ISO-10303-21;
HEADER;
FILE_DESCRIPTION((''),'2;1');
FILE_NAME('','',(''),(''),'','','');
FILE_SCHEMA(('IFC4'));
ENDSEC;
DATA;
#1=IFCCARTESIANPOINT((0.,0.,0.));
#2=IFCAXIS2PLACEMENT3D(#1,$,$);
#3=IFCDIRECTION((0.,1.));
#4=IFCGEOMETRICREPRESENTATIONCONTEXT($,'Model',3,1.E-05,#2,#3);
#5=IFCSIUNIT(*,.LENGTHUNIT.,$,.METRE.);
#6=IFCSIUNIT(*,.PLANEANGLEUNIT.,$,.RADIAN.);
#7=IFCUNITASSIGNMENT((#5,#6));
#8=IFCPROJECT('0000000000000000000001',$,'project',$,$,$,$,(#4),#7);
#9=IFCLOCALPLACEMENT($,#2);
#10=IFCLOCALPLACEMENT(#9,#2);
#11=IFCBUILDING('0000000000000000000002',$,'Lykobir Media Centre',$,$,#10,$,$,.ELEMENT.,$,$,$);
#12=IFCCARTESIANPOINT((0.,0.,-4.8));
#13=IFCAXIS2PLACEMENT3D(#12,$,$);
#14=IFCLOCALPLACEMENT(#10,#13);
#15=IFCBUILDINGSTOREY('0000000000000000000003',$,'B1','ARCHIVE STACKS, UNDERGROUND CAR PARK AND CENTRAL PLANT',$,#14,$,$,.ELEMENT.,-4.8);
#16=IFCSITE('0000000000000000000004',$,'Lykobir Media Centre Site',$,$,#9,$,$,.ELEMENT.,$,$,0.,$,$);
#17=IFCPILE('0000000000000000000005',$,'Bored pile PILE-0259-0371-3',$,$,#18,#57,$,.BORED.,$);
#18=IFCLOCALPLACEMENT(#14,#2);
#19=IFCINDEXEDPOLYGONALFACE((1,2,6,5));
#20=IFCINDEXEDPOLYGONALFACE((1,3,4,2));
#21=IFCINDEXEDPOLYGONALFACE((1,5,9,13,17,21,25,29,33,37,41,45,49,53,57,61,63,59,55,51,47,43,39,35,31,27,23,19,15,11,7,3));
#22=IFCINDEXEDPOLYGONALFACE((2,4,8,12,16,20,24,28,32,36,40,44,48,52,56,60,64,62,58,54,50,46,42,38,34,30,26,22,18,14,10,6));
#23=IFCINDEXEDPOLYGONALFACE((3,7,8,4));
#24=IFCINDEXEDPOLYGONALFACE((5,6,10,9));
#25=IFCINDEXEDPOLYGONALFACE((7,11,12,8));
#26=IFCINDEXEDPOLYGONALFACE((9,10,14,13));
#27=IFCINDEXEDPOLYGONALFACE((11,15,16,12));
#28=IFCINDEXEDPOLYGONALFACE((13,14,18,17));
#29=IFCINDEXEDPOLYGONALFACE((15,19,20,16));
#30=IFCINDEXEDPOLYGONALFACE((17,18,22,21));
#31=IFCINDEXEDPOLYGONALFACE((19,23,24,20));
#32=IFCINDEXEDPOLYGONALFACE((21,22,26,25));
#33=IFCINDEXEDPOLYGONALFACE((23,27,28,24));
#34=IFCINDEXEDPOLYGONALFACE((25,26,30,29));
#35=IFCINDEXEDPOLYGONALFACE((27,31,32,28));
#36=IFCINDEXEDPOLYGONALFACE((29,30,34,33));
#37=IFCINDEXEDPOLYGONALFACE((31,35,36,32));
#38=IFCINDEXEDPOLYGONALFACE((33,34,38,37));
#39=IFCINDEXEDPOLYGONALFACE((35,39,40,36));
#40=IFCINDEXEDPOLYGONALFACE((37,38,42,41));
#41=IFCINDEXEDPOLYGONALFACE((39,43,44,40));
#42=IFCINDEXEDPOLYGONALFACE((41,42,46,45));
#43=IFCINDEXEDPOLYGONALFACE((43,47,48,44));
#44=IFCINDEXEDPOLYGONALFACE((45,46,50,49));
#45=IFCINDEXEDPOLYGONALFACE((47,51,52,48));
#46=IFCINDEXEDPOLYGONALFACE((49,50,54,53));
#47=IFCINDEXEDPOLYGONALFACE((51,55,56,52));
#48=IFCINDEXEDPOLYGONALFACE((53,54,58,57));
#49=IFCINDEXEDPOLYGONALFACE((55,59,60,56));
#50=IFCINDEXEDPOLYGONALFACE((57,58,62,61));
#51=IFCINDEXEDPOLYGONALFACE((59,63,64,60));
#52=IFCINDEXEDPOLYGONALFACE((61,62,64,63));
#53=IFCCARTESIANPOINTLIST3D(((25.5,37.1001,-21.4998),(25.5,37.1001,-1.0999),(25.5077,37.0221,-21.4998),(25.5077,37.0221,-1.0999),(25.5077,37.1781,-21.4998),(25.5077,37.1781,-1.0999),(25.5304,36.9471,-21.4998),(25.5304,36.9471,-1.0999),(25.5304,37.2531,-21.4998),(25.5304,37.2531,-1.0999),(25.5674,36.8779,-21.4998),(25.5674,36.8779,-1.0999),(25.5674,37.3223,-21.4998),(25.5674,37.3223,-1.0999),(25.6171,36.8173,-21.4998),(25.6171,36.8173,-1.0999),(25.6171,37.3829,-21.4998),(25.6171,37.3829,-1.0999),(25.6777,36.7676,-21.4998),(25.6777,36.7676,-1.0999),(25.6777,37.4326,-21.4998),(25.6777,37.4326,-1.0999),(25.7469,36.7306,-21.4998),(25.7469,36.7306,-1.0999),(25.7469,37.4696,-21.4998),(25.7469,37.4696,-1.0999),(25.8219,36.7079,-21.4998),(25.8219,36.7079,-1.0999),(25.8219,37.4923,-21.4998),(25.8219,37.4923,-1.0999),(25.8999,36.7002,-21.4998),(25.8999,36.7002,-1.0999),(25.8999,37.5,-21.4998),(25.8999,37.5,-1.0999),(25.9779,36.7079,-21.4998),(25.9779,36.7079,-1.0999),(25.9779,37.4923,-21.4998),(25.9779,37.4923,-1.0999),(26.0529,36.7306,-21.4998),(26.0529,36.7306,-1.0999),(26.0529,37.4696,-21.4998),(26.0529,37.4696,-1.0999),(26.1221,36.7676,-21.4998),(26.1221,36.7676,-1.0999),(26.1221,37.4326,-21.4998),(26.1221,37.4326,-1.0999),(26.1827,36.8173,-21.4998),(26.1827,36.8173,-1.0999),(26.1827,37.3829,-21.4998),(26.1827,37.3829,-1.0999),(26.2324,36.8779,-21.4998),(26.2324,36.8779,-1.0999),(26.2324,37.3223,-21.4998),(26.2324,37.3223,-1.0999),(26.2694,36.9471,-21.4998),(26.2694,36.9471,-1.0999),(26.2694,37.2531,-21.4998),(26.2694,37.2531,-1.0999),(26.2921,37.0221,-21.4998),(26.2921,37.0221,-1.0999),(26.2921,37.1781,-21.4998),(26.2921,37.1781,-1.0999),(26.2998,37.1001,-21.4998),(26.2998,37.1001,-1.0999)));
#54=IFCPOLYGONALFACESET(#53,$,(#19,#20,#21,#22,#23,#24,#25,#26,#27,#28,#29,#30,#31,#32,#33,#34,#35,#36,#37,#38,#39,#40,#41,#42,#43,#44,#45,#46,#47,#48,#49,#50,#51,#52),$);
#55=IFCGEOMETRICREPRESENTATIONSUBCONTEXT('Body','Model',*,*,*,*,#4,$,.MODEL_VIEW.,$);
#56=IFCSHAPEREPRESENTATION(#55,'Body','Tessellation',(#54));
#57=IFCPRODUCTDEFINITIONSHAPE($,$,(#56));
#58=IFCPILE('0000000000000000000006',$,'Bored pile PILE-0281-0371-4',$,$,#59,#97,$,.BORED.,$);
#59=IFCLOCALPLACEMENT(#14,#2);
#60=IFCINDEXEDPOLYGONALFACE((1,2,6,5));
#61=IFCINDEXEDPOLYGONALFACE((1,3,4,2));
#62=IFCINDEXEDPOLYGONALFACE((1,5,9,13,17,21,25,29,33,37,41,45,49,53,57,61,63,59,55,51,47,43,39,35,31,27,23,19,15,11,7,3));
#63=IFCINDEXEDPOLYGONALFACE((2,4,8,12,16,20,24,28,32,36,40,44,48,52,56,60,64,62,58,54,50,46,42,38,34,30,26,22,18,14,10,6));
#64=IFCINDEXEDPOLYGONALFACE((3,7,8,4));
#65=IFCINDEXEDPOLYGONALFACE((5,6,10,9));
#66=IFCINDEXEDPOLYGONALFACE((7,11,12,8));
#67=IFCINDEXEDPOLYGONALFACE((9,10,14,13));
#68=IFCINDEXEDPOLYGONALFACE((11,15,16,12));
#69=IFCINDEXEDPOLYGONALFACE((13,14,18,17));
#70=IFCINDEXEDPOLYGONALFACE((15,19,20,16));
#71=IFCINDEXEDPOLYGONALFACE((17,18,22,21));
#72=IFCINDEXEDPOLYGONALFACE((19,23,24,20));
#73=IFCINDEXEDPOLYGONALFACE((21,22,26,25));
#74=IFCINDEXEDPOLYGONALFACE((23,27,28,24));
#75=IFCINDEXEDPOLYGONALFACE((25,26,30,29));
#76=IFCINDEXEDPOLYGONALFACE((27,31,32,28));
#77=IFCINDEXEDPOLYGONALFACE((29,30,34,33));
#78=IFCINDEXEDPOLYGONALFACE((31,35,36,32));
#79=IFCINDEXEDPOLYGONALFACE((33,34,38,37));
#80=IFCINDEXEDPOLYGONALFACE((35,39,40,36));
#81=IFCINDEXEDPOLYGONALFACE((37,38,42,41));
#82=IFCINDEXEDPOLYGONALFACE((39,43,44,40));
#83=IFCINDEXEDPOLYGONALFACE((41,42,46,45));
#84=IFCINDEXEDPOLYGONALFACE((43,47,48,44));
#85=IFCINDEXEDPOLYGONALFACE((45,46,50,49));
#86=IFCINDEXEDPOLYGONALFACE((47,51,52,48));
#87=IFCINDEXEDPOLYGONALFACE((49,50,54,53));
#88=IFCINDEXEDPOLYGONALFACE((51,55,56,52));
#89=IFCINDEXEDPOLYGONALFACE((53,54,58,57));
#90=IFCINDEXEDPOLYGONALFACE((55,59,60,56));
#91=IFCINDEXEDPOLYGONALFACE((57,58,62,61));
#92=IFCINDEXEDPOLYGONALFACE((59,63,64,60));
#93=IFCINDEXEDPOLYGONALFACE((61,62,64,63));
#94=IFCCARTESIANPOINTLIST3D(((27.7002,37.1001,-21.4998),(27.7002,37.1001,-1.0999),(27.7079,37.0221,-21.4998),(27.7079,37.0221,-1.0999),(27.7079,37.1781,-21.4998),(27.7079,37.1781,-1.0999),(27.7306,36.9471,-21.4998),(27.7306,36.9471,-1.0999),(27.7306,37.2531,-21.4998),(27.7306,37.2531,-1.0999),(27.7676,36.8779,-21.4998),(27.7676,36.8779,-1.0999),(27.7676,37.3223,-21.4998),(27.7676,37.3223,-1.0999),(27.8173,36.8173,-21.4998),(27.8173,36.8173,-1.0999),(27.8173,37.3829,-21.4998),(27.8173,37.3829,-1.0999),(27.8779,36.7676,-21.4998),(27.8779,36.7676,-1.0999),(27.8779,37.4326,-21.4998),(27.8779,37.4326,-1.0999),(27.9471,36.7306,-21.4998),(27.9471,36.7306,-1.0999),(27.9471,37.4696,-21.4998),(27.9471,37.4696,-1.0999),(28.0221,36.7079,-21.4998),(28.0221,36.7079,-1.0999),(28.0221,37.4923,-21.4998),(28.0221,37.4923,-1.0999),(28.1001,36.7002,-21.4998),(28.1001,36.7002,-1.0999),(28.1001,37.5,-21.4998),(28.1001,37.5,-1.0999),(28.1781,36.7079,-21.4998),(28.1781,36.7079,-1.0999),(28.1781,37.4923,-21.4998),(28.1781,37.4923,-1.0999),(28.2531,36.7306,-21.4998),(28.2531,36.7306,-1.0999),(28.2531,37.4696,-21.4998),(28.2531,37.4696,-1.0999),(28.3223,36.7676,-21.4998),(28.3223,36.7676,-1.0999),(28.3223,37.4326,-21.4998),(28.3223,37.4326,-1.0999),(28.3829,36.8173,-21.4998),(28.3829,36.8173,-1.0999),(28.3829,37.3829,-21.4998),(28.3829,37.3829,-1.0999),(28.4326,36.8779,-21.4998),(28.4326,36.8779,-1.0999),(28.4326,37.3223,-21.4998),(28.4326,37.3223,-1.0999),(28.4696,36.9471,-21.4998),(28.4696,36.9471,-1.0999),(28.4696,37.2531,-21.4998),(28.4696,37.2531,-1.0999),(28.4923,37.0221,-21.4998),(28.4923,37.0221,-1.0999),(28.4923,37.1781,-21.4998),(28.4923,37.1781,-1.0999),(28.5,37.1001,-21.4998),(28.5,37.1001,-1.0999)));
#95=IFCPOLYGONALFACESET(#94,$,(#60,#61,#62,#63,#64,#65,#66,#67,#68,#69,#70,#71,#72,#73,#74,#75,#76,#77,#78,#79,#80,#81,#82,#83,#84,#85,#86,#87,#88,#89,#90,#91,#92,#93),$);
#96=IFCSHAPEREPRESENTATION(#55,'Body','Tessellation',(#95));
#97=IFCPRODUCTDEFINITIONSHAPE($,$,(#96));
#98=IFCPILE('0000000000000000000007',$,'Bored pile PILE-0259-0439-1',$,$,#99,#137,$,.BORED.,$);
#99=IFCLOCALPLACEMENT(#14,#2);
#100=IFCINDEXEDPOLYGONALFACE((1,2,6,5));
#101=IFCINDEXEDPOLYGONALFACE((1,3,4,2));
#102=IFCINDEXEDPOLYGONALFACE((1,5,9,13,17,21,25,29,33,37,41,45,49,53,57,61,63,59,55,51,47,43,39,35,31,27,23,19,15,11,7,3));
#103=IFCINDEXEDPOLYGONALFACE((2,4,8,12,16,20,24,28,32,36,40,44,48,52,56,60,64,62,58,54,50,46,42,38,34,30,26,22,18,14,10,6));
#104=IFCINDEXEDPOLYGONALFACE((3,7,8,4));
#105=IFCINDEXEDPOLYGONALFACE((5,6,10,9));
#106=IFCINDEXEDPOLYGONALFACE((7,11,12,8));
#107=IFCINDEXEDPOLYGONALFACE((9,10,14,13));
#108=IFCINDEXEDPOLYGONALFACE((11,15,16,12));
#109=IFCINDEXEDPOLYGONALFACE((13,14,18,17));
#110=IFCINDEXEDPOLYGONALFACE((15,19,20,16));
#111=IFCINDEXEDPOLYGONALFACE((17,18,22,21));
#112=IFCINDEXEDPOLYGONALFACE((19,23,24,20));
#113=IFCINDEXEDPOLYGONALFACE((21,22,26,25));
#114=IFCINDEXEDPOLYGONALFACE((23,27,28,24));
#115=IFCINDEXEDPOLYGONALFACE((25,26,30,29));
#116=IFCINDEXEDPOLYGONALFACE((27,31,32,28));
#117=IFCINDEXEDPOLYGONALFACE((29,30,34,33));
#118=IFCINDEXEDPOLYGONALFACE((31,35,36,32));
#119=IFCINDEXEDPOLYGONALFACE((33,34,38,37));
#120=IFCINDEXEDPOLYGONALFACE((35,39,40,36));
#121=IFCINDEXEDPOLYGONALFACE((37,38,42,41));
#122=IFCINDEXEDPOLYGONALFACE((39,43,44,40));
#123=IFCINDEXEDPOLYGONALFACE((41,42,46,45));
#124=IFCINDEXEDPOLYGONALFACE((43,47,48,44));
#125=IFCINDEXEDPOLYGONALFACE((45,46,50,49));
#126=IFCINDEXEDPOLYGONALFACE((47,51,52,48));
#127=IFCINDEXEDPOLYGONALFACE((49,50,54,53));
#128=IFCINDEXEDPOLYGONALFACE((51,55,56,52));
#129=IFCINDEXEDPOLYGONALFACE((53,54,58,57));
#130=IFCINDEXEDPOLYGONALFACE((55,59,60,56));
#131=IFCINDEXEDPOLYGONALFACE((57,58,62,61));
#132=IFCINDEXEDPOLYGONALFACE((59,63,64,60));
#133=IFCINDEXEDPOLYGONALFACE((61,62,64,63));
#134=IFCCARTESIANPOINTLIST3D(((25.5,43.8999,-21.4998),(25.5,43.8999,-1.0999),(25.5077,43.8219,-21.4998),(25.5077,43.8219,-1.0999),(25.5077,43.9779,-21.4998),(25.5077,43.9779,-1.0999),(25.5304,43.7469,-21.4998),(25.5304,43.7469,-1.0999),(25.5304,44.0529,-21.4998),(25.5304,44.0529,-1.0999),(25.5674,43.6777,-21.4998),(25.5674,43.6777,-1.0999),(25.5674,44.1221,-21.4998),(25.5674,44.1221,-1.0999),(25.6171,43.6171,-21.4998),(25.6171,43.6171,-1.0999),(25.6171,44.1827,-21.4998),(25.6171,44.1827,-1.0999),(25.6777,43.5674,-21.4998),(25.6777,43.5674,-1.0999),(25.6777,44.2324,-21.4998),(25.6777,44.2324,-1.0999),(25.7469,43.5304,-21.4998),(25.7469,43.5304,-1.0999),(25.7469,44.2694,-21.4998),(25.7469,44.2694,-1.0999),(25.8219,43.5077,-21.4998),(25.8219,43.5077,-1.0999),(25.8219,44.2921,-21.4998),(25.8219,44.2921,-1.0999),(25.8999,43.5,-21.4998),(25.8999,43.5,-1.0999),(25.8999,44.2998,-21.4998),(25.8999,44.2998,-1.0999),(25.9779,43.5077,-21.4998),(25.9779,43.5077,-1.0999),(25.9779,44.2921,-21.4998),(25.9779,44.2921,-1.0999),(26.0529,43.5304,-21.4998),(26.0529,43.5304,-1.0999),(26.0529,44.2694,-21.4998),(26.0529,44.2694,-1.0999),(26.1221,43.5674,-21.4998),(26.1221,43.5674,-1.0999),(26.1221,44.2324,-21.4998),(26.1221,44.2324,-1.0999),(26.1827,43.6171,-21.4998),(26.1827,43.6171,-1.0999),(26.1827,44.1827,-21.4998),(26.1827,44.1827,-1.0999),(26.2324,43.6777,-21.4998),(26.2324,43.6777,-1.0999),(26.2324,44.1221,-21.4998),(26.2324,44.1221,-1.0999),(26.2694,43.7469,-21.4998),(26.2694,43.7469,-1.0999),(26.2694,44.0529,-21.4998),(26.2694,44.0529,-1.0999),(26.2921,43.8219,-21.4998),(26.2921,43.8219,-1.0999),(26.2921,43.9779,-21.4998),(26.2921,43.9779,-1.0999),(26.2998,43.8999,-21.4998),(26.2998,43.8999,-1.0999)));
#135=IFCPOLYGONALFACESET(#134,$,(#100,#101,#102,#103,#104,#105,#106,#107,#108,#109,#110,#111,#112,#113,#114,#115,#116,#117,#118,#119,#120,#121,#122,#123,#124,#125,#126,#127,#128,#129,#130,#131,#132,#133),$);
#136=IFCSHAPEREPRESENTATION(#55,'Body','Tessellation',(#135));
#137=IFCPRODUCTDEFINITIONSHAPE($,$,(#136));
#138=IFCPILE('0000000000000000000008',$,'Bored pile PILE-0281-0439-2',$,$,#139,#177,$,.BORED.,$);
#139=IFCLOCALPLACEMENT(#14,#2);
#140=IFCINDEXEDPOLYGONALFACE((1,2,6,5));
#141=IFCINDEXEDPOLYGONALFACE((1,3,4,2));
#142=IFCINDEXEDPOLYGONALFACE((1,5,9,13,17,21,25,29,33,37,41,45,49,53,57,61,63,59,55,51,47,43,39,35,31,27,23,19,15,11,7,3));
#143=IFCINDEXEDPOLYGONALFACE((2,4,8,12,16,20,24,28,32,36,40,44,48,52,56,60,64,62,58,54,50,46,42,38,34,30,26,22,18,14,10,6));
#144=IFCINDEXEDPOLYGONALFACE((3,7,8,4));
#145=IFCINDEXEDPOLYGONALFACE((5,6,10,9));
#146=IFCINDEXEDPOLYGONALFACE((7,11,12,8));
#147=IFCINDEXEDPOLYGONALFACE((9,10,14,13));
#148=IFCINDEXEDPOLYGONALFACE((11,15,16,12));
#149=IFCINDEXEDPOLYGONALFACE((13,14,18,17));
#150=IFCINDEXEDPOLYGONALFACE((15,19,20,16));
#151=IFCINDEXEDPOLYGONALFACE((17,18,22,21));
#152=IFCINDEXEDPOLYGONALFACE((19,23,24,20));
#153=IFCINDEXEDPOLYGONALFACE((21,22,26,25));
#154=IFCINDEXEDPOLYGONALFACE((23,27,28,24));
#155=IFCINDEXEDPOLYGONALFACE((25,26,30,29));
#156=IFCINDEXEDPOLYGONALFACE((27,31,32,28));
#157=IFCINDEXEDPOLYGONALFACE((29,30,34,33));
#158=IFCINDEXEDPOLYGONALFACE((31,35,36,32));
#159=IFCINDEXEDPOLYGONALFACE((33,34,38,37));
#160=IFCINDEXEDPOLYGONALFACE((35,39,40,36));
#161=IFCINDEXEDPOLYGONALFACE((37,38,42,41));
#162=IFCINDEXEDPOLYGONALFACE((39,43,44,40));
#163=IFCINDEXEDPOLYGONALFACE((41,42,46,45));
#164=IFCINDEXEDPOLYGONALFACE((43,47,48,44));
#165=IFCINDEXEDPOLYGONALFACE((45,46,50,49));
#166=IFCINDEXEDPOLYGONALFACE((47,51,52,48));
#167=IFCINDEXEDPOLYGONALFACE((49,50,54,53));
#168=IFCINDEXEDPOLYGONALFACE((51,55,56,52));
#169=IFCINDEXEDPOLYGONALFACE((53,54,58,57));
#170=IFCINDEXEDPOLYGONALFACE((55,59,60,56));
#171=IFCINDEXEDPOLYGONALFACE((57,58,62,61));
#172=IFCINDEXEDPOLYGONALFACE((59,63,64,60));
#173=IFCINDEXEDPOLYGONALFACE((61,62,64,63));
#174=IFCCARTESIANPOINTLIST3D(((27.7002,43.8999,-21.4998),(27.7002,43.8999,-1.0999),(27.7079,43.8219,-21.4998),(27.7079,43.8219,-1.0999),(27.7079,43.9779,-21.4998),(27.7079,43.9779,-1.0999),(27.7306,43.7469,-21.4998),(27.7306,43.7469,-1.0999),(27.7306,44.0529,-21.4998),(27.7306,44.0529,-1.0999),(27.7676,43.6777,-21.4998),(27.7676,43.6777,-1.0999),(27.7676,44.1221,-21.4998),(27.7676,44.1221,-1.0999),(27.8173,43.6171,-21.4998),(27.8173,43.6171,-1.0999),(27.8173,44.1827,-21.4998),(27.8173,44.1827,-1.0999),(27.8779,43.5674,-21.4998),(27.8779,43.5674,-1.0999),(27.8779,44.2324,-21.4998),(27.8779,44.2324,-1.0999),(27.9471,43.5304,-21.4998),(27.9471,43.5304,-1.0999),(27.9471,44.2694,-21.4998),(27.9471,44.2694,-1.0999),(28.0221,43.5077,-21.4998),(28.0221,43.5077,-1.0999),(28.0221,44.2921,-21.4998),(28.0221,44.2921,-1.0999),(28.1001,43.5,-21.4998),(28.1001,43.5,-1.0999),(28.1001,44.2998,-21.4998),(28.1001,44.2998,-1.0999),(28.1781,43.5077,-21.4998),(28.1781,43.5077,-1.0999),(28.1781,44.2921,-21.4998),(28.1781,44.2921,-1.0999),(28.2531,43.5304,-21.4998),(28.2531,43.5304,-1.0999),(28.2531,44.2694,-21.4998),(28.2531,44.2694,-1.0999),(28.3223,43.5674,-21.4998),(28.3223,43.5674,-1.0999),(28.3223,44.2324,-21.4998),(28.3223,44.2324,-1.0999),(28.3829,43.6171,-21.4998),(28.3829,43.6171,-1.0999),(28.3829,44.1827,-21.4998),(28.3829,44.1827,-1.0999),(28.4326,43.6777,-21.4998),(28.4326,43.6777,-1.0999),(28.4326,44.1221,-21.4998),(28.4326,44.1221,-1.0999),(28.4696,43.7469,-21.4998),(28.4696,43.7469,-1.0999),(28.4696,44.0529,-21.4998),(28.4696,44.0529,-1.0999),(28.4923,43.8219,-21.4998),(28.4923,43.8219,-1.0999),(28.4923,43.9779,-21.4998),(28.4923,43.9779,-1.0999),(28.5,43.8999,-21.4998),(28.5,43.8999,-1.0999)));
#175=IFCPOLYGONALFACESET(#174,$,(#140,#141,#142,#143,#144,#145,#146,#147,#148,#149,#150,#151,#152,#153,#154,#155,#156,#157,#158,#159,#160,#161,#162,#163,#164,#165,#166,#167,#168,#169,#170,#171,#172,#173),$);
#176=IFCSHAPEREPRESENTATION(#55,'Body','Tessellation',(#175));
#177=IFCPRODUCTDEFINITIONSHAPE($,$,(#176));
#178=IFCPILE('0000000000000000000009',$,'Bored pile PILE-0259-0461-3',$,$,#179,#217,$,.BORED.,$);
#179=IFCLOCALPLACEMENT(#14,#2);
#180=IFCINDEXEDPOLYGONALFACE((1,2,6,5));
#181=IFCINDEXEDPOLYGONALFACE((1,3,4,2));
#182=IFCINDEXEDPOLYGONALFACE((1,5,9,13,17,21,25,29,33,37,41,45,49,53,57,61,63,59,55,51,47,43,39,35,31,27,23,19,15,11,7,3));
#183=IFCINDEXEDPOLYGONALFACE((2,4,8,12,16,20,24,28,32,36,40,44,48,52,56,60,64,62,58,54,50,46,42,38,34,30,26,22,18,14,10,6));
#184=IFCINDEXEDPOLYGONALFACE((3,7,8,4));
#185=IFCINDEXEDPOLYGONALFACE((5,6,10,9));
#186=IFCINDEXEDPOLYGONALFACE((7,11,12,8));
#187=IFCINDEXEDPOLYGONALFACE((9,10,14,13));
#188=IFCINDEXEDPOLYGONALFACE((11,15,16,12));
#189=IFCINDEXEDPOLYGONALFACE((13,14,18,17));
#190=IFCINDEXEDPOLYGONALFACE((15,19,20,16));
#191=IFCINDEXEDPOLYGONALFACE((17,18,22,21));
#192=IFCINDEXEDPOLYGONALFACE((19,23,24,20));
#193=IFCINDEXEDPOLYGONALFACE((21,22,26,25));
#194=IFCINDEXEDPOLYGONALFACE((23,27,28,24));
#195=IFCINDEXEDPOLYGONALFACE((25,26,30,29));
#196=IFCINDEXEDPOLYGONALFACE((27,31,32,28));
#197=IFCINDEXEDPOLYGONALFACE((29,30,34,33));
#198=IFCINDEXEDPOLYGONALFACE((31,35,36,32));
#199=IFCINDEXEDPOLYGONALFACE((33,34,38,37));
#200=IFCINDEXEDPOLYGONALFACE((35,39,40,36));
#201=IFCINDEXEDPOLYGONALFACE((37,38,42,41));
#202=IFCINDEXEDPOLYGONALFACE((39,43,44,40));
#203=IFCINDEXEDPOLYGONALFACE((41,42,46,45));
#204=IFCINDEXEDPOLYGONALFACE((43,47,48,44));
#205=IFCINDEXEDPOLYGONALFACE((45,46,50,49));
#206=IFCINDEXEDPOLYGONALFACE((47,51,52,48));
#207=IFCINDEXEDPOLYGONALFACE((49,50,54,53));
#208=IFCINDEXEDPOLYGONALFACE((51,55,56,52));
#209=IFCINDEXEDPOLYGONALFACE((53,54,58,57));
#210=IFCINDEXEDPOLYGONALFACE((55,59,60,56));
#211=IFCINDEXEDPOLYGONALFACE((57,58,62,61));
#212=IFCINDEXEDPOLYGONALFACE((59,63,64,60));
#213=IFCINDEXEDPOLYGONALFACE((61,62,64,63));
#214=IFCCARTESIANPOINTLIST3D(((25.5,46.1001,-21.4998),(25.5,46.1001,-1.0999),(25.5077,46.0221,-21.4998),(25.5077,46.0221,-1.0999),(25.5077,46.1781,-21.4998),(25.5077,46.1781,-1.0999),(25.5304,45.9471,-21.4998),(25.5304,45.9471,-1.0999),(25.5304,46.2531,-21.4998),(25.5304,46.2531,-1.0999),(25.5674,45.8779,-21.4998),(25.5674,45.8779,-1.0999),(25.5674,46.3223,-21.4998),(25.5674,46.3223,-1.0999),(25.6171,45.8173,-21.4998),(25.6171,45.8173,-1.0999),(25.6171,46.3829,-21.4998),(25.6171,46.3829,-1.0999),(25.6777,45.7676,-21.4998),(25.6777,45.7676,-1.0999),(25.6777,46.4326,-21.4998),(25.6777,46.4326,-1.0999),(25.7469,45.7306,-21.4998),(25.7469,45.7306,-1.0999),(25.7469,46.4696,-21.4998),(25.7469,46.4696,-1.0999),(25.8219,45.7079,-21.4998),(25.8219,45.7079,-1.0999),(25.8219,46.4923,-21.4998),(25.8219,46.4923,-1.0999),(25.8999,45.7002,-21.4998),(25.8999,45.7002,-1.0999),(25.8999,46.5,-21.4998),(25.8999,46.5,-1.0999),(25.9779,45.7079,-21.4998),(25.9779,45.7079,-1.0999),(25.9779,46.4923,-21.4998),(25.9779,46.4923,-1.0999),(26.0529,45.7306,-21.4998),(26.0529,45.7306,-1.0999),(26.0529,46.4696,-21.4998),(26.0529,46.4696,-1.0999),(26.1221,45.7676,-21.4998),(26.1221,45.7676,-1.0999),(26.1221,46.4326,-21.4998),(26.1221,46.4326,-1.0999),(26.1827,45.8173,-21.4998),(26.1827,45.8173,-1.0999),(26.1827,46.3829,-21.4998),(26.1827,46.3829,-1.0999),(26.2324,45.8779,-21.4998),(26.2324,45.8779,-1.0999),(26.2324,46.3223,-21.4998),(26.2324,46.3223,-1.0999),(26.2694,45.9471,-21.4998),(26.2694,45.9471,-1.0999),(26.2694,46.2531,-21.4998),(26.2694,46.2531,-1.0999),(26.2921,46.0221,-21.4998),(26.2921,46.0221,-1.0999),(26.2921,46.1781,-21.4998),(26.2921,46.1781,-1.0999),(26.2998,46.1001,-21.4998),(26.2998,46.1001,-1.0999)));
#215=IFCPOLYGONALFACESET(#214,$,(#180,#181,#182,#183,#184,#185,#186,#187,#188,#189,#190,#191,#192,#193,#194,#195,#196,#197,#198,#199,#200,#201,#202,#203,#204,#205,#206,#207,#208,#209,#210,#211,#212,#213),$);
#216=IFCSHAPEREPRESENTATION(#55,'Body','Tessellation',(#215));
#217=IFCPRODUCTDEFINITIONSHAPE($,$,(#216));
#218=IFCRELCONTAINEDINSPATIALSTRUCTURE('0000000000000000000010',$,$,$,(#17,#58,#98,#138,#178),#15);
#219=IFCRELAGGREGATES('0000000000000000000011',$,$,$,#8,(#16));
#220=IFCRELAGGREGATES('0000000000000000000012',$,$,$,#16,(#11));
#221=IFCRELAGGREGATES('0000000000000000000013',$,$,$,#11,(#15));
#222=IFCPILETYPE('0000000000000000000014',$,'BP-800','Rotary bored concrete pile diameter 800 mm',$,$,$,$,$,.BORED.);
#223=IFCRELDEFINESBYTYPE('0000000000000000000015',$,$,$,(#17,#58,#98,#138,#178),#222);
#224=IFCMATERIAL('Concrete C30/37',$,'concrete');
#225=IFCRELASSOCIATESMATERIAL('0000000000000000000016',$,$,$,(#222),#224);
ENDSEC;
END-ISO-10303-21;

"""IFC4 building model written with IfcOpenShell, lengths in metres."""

from ifc_helpers import new_model, si_unit, direction, frame, origin, origin_2d, place, context, subcontext, project, spatial, circle, extrude, material, material_profile, profile_set, type_object, element, save


model = new_model("IFC4")

# Units and contexts
model_context = context("Model", 3, precision=1e-05, world=origin(), true_north=direction((0.0, 1.0)))
body_context = subcontext(model_context, "Body", "Model", "MODEL_VIEW")
ifc_project = project(units=[si_unit("LENGTHUNIT", "METRE"), si_unit("PLANEANGLEUNIT", "RADIAN")], contexts=[model_context])

# Site, building, storey
site_placement = place(None, origin())
site = spatial("IfcSite", under=ifc_project, at=site_placement, Name="Lykobir Media Centre Site", CompositionType="ELEMENT", RefElevation=0.0)
building_placement = place(site_placement, origin())
building = spatial("IfcBuilding", under=site, at=building_placement, Name="Lykobir Media Centre", CompositionType="ELEMENT")
storey_placement = place(building_placement, frame((0.0, 0.0, -4.8)))
storey = spatial("IfcBuildingStorey", under=building, at=storey_placement, Name="B1", Description="ARCHIVE STACKS, UNDERGROUND CAR PARK AND CENTRAL PLANT", CompositionType="ELEMENT", Elevation=-4.8)

# Piles
ifc_material_1 = material(Name="Concrete C30/37", Category="concrete")
ifc_material_profile_1 = material_profile(ifc_material_1, circle(Radius=0.3999, at=origin_2d()), Name="BORED PILE D800")
ifc_profile_set_1 = profile_set([ifc_material_profile_1], Name="Concrete C30/37")
pile_type_1 = type_object("IfcPileType", Name="BP-800", Description="Rotary bored concrete pile diameter 800 mm", PredefinedType="BORED", material=ifc_profile_set_1)
for number, where, z_axis, x_axis, name in (
    (1, (25.8999, 37.1001, -1.0999), (0.0, 0.0, -1.0), (1.0, 0.0, 0.0), "Bored pile PILE-0259-0371-3"),
    (2, (28.1001, 37.1001, -1.0999), (0.0, 0.0, -1.0), (1.0, 0.0, 0.0), "Bored pile PILE-0281-0371-4"),
    (3, (25.8999, 43.8999, -1.0999), (0.0, 0.0, -1.0), (1.0, 0.0, 0.0), "Bored pile PILE-0259-0439-1"),
    (4, (28.1001, 43.8999, -1.0999), (0.0, 0.0, -1.0), (1.0, 0.0, 0.0), "Bored pile PILE-0281-0439-2"),
    (5, (25.8999, 46.1001, -1.0999), (0.0, 0.0, -1.0), (1.0, 0.0, 0.0), "Bored pile PILE-0259-0461-3"),
):
    element("IfcPile", number, at=place(storey_placement, frame(where, z_axis=z_axis, x_axis=x_axis)), inside=storey, type_object=pile_type_1, Name=name, PredefinedType="BORED", context=body_context, shape_type="SweptSolid", body=[
        extrude(circle(Radius=0.3999, at=origin_2d()), origin(), (0.0, 0.0, 1.0), 20.3999),
    ])

save(model, "model.ifc")
